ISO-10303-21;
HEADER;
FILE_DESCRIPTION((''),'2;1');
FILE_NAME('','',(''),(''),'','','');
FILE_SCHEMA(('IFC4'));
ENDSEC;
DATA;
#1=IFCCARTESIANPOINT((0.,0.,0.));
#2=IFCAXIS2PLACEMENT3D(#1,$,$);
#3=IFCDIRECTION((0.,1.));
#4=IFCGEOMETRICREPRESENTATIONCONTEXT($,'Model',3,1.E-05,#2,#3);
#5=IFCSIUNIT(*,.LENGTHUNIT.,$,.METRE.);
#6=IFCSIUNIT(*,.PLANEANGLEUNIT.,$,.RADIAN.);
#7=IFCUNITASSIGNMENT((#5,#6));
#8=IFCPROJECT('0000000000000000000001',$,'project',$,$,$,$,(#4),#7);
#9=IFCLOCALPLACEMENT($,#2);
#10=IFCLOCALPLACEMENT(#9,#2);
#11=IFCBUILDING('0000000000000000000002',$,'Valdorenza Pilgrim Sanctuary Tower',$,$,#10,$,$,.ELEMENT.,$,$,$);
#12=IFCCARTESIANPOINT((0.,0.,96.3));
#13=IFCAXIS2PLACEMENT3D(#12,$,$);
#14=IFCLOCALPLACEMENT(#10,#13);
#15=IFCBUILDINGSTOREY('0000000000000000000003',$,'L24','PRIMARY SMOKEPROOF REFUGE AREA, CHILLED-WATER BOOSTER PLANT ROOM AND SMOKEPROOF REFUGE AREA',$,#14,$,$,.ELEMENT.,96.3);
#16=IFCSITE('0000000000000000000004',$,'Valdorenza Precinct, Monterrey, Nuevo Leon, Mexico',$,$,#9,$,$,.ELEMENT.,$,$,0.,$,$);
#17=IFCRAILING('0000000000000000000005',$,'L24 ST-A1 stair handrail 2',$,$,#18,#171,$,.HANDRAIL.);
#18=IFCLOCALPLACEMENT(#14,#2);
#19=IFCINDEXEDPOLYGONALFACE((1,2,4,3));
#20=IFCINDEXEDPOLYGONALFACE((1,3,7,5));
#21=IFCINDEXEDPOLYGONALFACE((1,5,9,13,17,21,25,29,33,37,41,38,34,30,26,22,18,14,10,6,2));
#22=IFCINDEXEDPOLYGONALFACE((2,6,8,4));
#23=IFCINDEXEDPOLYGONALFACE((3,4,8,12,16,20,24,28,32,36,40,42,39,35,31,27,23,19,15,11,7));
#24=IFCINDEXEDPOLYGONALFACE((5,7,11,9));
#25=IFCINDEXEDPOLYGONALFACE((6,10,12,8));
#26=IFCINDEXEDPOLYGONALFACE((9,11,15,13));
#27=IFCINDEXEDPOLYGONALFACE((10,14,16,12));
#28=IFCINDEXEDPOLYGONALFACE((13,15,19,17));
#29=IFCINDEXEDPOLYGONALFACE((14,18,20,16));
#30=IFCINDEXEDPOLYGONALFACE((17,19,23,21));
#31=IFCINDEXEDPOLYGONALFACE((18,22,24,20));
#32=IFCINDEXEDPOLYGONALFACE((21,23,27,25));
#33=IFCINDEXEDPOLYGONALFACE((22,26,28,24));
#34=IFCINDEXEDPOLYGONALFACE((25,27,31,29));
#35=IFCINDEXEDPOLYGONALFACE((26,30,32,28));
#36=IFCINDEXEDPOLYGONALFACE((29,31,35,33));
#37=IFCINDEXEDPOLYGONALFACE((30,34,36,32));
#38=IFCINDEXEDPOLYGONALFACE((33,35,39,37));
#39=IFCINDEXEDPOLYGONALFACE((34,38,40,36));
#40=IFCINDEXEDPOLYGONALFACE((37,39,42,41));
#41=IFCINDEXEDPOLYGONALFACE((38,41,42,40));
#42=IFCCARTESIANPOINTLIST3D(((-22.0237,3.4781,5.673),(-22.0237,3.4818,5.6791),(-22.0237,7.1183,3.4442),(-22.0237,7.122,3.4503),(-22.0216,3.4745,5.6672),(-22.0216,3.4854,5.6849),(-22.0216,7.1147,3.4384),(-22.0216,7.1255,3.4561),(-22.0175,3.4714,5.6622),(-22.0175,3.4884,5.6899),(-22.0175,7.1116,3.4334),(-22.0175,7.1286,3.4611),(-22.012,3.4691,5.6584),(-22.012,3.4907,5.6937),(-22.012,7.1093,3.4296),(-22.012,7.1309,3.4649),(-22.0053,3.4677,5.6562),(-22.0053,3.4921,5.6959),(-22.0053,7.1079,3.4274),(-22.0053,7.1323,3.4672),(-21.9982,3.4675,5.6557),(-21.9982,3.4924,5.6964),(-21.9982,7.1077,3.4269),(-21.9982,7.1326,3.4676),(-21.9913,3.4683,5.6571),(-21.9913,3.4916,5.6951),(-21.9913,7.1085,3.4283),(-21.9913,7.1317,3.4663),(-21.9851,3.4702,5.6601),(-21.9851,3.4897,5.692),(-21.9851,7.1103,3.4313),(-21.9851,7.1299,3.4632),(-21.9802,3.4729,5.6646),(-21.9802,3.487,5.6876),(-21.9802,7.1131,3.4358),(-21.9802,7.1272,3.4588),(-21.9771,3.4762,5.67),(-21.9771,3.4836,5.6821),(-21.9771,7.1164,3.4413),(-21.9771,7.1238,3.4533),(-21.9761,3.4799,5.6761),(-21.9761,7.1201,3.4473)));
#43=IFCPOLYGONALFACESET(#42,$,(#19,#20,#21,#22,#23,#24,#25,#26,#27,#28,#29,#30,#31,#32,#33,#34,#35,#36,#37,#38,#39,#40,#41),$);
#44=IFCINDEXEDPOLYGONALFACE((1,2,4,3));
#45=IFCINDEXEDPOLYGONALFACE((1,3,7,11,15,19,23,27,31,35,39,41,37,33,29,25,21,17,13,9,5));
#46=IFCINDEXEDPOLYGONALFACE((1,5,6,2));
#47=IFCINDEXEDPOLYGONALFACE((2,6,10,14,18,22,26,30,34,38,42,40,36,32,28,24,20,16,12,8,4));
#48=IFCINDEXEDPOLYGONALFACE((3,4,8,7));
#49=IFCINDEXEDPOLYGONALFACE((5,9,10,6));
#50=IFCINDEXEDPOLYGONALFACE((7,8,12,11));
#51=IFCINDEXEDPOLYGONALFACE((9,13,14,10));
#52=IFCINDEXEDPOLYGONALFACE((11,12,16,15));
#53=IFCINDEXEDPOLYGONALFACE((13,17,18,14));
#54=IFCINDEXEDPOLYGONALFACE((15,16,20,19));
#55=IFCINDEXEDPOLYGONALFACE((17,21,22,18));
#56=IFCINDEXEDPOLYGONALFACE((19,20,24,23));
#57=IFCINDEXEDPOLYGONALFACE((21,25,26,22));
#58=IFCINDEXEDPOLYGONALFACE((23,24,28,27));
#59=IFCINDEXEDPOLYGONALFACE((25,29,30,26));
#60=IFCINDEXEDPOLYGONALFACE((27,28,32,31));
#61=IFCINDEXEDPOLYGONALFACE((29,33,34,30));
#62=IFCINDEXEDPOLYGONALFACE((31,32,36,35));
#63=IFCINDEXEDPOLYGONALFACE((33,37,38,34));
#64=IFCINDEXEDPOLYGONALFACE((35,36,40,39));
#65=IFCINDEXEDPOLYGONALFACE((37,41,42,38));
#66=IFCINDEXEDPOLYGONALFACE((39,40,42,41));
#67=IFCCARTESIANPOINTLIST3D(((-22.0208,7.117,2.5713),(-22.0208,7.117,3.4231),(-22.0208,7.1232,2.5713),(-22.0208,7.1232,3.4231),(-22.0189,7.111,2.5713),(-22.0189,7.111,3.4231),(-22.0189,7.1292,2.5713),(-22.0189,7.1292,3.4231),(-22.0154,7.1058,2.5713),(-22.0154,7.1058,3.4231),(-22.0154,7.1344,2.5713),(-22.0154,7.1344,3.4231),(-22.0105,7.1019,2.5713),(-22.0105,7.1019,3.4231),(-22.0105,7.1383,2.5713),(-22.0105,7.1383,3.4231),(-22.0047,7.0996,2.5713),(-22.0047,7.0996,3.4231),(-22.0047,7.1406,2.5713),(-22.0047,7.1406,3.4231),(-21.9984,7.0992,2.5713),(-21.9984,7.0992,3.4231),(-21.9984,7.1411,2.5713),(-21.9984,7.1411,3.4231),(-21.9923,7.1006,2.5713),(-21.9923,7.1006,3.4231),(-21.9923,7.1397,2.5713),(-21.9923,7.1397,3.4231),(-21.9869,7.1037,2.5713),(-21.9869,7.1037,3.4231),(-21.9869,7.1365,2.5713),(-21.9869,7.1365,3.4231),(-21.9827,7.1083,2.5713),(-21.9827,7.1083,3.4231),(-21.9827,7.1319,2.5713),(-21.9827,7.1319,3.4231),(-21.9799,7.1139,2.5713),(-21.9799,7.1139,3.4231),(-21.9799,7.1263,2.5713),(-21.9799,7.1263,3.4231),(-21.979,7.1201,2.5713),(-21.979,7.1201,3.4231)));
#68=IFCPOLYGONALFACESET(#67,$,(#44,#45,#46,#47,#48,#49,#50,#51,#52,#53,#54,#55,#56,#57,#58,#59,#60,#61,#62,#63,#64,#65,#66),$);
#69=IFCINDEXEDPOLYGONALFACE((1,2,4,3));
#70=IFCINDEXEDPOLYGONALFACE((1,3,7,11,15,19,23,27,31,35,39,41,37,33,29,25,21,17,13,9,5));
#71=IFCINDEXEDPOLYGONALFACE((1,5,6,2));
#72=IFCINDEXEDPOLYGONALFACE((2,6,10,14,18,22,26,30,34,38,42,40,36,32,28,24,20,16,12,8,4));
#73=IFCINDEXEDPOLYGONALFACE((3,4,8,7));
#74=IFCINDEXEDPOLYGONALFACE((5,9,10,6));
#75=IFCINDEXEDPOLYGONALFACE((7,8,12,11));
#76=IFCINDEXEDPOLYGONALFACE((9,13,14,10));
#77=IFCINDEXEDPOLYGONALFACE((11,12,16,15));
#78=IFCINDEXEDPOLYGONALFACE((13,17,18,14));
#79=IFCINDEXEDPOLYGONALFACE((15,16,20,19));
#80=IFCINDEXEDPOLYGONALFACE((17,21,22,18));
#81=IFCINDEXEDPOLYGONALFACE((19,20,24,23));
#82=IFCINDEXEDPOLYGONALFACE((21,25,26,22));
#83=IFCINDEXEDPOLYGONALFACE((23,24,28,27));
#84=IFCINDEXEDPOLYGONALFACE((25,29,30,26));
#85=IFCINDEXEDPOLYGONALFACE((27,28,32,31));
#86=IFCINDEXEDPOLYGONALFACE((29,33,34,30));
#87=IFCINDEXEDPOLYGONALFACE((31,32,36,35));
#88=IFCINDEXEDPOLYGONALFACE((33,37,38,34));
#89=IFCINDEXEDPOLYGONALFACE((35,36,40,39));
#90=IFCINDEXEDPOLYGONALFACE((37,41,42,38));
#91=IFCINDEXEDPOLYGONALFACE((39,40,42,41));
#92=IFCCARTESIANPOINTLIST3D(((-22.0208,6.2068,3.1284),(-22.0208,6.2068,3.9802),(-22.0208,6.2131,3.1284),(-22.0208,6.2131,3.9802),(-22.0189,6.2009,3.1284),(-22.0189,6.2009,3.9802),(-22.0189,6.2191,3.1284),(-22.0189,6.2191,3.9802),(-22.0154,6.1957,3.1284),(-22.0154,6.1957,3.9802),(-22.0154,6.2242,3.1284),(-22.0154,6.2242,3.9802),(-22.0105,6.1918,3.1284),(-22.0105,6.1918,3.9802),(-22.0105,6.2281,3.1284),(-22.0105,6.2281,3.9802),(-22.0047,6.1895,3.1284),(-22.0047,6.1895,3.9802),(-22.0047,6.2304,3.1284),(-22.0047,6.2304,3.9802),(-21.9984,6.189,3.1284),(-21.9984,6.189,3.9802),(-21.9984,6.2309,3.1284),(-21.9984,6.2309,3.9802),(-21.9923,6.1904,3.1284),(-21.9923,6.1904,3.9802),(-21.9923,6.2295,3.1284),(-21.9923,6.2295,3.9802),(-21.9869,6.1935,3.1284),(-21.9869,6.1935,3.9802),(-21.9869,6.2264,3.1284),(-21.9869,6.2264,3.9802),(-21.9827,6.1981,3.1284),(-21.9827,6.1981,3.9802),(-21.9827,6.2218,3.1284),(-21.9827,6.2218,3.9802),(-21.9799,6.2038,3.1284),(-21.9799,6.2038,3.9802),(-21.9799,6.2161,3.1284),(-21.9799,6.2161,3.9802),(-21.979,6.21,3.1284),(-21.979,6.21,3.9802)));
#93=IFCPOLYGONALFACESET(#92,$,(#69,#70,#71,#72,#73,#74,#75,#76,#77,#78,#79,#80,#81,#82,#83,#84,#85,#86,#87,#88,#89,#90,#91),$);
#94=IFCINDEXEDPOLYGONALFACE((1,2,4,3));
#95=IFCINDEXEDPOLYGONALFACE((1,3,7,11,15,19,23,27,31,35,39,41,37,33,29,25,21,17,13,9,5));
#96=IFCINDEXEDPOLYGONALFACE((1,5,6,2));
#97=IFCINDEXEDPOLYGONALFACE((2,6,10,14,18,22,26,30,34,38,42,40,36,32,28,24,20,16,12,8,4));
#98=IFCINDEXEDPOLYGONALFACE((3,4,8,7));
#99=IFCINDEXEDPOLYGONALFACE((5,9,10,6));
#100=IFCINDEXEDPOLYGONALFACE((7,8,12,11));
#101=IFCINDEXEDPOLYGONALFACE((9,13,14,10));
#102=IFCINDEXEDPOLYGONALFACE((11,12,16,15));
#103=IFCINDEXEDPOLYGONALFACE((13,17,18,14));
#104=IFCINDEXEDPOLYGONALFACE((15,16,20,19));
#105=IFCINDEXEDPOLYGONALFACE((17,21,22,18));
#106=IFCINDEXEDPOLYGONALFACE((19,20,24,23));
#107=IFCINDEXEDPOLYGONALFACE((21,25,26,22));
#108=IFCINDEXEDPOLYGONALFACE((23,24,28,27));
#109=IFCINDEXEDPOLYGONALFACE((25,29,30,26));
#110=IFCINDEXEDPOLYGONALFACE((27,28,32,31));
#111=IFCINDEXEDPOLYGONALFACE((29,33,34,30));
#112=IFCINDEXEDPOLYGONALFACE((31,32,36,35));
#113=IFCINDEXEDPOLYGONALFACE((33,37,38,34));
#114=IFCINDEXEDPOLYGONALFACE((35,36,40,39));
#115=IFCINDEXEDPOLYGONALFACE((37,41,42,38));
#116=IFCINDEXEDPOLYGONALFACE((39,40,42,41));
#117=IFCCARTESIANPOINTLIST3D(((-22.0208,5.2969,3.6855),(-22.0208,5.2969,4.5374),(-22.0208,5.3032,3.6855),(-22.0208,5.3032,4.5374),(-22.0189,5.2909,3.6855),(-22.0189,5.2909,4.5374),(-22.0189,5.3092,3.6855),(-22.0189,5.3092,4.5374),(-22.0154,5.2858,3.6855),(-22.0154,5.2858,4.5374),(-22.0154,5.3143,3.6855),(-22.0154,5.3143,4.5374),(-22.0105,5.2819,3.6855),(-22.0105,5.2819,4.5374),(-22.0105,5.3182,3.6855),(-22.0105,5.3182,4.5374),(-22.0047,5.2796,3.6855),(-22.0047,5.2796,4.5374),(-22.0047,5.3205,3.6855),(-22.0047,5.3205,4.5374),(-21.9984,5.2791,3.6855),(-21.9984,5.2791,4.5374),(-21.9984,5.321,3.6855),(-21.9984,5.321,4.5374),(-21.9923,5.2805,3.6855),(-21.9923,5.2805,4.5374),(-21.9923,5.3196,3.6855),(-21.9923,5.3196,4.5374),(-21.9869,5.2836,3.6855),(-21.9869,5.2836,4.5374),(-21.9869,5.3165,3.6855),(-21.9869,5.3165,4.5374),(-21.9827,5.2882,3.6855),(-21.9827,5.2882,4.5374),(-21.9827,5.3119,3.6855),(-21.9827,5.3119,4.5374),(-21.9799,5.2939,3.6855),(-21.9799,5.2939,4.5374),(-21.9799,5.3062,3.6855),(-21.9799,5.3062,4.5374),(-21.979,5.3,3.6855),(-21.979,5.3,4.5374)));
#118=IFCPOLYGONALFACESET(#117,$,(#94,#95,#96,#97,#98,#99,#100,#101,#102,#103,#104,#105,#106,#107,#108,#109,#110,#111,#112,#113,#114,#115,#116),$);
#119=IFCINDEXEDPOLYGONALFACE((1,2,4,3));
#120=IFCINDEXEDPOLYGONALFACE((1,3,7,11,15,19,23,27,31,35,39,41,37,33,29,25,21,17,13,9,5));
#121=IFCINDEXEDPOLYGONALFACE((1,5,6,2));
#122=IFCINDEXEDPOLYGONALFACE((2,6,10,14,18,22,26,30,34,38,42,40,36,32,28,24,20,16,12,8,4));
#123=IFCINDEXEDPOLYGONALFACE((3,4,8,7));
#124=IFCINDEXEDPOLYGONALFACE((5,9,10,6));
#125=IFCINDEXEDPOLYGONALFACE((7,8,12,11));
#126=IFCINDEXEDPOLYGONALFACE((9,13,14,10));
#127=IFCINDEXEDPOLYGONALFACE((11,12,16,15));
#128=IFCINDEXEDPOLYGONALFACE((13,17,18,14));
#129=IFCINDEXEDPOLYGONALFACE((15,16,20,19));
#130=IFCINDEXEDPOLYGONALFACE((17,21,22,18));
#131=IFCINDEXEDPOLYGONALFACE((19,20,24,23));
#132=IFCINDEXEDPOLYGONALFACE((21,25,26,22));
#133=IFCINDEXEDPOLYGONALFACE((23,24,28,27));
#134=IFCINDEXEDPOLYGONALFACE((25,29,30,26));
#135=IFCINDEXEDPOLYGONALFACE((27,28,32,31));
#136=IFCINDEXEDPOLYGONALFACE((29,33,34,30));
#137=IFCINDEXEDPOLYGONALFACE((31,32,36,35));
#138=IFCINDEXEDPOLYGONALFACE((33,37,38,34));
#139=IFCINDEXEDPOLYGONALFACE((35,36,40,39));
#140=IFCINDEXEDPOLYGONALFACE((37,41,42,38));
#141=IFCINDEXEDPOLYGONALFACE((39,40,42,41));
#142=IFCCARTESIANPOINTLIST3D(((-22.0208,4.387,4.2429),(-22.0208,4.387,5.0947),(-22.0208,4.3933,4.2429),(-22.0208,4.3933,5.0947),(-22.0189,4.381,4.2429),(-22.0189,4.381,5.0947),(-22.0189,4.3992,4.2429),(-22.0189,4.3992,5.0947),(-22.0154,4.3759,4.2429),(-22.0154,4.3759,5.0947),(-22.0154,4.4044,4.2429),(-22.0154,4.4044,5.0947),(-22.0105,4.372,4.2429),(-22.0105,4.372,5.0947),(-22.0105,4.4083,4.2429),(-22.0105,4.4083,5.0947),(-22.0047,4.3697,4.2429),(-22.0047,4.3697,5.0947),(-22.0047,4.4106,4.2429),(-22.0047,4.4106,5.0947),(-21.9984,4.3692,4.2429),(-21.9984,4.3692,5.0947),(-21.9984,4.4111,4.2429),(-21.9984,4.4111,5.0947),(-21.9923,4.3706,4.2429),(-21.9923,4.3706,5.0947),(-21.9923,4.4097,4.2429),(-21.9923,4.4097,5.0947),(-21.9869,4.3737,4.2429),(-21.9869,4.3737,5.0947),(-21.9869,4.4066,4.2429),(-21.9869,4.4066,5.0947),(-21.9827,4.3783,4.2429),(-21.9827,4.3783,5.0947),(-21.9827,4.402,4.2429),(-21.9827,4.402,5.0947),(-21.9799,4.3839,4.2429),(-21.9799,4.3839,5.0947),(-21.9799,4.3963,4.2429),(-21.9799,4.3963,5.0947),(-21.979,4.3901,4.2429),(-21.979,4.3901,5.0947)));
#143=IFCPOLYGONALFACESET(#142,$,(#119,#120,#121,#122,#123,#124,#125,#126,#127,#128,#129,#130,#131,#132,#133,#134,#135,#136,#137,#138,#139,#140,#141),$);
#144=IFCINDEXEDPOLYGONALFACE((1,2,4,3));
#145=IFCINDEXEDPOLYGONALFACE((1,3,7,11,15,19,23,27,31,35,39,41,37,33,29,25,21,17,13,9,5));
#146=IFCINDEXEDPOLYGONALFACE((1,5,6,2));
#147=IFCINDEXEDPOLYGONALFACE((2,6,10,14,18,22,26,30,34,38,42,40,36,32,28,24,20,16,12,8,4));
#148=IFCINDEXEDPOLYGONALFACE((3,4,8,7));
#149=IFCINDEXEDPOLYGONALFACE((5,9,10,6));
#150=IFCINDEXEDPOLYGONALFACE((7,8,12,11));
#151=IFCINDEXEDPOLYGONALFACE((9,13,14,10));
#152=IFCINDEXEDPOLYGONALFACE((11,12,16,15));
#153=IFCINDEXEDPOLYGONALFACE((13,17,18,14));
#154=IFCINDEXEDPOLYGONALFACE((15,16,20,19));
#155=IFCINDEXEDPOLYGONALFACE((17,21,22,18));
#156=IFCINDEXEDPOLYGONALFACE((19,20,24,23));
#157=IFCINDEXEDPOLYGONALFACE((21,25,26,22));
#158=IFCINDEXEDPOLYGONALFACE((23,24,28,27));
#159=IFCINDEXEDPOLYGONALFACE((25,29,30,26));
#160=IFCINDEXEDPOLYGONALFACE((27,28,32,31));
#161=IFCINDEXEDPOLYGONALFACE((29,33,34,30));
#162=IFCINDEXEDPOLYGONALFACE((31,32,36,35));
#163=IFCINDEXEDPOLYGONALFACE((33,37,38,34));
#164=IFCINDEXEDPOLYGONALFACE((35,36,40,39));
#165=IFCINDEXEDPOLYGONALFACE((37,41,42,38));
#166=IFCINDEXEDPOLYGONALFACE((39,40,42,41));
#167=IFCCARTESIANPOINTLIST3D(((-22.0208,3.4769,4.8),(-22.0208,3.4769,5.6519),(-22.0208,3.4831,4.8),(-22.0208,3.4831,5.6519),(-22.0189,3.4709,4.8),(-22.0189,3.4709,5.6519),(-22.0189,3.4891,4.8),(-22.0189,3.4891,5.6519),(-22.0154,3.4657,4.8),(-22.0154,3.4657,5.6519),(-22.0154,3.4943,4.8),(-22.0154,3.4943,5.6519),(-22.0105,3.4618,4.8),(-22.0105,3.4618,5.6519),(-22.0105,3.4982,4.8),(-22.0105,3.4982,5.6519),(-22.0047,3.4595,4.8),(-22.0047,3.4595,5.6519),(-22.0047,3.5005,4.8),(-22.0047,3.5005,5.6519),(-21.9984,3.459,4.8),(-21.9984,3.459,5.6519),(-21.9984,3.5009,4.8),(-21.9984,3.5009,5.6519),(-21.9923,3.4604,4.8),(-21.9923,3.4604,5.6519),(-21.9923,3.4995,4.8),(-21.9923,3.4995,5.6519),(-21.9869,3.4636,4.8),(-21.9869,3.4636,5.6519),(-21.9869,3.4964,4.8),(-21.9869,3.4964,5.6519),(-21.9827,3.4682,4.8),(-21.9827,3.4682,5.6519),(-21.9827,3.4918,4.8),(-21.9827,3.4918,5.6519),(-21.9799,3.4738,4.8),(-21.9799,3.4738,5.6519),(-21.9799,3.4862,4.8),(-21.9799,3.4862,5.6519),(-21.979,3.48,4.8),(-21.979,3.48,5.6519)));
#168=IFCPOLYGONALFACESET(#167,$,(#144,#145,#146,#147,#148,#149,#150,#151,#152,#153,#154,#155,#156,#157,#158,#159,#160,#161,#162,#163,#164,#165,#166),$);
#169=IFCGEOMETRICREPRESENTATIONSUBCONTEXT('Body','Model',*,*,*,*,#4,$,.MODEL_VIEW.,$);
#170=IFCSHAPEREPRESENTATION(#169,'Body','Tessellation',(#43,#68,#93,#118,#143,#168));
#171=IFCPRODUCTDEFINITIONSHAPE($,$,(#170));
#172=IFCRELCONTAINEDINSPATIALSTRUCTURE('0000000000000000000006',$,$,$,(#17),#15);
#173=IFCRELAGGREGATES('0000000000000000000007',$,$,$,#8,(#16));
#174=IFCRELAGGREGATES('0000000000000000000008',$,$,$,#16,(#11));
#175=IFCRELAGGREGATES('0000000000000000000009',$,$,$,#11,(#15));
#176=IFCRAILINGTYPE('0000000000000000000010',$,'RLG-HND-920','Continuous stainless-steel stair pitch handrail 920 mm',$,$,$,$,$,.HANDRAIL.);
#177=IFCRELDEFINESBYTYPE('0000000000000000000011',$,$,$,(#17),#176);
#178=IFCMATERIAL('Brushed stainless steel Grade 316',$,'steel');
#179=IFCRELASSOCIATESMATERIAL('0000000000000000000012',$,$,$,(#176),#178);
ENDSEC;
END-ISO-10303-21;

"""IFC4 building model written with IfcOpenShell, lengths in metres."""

from ifc_helpers import new_model, si_unit, direction, frame, origin, origin_2d, place, context, subcontext, project, spatial, circle, extrude, material, type_object, element, save


model = new_model("IFC4")

# Units and contexts
model_context = context("Model", 3, precision=1e-05, world=origin(), true_north=direction((0.0, 1.0)))
body_context = subcontext(model_context, "Body", "Model", "MODEL_VIEW")
ifc_project = project(units=[si_unit("LENGTHUNIT", "METRE"), si_unit("PLANEANGLEUNIT", "RADIAN")], contexts=[model_context])

# Site, building, storey
site_placement = place(None, origin())
site = spatial("IfcSite", under=ifc_project, at=site_placement, Name="Valdorenza Precinct, Monterrey, Nuevo Leon, Mexico", CompositionType="ELEMENT", RefElevation=0.0)
building_placement = place(site_placement, origin())
building = spatial("IfcBuilding", under=site, at=building_placement, Name="Valdorenza Pilgrim Sanctuary Tower", CompositionType="ELEMENT")
storey_placement = place(building_placement, frame((0.0, 0.0, 96.3)))
storey = spatial("IfcBuildingStorey", under=building, at=storey_placement, Name="L24", Description="PRIMARY SMOKEPROOF REFUGE AREA, CHILLED-WATER BOOSTER PLANT ROOM AND SMOKEPROOF REFUGE AREA", CompositionType="ELEMENT", Elevation=96.3)

# Shared definitions
ifc_material_1 = material(Name="Brushed stainless steel Grade 316", Category="steel")

# Railing
railing_type_1 = type_object("IfcRailingType", Name="RLG-HND-920", Description="Continuous stainless-steel stair pitch handrail 920 mm", PredefinedType="HANDRAIL", material=ifc_material_1)
railing_1_placement = place(storey_placement, frame((-22.0, 7.1201, 2.5713)))
element("IfcRailing", 1, at=railing_1_placement, inside=storey, type_object=railing_type_1, Name="L24 ST-A1 stair handrail 2", PredefinedType="HANDRAIL", context=body_context, shape_type="SweptSolid", body=[
    extrude(circle(Radius=0.0239, at=origin_2d()), frame((0.0, 0.0, 0.876), z_axis=(0.0, -0.85284, 0.522172), x_axis=(1.0, 0.0, 0.0)), (0.0, 0.0, 1.0), 4.2683),
    extrude(circle(Radius=0.021, at=origin_2d()), origin(), (0.0, 0.0, 1.0), 0.8518),
    extrude(circle(Radius=0.021, at=origin_2d()), frame((0.0, -0.9102, 0.5571)), (0.0, 0.0, 1.0), 0.8518),
    extrude(circle(Radius=0.021, at=origin_2d()), frame((0.0, -1.8201, 1.1143)), (0.0, 0.0, 1.0), 0.8518),
    extrude(circle(Radius=0.021, at=origin_2d()), frame((0.0, -2.73, 1.6716)), (0.0, 0.0, 1.0), 0.8518),
    extrude(circle(Radius=0.021, at=origin_2d()), frame((0.0, -3.6401, 2.2288)), (0.0, 0.0, 1.0), 0.8518),
])

save(model, "model.ifc")
